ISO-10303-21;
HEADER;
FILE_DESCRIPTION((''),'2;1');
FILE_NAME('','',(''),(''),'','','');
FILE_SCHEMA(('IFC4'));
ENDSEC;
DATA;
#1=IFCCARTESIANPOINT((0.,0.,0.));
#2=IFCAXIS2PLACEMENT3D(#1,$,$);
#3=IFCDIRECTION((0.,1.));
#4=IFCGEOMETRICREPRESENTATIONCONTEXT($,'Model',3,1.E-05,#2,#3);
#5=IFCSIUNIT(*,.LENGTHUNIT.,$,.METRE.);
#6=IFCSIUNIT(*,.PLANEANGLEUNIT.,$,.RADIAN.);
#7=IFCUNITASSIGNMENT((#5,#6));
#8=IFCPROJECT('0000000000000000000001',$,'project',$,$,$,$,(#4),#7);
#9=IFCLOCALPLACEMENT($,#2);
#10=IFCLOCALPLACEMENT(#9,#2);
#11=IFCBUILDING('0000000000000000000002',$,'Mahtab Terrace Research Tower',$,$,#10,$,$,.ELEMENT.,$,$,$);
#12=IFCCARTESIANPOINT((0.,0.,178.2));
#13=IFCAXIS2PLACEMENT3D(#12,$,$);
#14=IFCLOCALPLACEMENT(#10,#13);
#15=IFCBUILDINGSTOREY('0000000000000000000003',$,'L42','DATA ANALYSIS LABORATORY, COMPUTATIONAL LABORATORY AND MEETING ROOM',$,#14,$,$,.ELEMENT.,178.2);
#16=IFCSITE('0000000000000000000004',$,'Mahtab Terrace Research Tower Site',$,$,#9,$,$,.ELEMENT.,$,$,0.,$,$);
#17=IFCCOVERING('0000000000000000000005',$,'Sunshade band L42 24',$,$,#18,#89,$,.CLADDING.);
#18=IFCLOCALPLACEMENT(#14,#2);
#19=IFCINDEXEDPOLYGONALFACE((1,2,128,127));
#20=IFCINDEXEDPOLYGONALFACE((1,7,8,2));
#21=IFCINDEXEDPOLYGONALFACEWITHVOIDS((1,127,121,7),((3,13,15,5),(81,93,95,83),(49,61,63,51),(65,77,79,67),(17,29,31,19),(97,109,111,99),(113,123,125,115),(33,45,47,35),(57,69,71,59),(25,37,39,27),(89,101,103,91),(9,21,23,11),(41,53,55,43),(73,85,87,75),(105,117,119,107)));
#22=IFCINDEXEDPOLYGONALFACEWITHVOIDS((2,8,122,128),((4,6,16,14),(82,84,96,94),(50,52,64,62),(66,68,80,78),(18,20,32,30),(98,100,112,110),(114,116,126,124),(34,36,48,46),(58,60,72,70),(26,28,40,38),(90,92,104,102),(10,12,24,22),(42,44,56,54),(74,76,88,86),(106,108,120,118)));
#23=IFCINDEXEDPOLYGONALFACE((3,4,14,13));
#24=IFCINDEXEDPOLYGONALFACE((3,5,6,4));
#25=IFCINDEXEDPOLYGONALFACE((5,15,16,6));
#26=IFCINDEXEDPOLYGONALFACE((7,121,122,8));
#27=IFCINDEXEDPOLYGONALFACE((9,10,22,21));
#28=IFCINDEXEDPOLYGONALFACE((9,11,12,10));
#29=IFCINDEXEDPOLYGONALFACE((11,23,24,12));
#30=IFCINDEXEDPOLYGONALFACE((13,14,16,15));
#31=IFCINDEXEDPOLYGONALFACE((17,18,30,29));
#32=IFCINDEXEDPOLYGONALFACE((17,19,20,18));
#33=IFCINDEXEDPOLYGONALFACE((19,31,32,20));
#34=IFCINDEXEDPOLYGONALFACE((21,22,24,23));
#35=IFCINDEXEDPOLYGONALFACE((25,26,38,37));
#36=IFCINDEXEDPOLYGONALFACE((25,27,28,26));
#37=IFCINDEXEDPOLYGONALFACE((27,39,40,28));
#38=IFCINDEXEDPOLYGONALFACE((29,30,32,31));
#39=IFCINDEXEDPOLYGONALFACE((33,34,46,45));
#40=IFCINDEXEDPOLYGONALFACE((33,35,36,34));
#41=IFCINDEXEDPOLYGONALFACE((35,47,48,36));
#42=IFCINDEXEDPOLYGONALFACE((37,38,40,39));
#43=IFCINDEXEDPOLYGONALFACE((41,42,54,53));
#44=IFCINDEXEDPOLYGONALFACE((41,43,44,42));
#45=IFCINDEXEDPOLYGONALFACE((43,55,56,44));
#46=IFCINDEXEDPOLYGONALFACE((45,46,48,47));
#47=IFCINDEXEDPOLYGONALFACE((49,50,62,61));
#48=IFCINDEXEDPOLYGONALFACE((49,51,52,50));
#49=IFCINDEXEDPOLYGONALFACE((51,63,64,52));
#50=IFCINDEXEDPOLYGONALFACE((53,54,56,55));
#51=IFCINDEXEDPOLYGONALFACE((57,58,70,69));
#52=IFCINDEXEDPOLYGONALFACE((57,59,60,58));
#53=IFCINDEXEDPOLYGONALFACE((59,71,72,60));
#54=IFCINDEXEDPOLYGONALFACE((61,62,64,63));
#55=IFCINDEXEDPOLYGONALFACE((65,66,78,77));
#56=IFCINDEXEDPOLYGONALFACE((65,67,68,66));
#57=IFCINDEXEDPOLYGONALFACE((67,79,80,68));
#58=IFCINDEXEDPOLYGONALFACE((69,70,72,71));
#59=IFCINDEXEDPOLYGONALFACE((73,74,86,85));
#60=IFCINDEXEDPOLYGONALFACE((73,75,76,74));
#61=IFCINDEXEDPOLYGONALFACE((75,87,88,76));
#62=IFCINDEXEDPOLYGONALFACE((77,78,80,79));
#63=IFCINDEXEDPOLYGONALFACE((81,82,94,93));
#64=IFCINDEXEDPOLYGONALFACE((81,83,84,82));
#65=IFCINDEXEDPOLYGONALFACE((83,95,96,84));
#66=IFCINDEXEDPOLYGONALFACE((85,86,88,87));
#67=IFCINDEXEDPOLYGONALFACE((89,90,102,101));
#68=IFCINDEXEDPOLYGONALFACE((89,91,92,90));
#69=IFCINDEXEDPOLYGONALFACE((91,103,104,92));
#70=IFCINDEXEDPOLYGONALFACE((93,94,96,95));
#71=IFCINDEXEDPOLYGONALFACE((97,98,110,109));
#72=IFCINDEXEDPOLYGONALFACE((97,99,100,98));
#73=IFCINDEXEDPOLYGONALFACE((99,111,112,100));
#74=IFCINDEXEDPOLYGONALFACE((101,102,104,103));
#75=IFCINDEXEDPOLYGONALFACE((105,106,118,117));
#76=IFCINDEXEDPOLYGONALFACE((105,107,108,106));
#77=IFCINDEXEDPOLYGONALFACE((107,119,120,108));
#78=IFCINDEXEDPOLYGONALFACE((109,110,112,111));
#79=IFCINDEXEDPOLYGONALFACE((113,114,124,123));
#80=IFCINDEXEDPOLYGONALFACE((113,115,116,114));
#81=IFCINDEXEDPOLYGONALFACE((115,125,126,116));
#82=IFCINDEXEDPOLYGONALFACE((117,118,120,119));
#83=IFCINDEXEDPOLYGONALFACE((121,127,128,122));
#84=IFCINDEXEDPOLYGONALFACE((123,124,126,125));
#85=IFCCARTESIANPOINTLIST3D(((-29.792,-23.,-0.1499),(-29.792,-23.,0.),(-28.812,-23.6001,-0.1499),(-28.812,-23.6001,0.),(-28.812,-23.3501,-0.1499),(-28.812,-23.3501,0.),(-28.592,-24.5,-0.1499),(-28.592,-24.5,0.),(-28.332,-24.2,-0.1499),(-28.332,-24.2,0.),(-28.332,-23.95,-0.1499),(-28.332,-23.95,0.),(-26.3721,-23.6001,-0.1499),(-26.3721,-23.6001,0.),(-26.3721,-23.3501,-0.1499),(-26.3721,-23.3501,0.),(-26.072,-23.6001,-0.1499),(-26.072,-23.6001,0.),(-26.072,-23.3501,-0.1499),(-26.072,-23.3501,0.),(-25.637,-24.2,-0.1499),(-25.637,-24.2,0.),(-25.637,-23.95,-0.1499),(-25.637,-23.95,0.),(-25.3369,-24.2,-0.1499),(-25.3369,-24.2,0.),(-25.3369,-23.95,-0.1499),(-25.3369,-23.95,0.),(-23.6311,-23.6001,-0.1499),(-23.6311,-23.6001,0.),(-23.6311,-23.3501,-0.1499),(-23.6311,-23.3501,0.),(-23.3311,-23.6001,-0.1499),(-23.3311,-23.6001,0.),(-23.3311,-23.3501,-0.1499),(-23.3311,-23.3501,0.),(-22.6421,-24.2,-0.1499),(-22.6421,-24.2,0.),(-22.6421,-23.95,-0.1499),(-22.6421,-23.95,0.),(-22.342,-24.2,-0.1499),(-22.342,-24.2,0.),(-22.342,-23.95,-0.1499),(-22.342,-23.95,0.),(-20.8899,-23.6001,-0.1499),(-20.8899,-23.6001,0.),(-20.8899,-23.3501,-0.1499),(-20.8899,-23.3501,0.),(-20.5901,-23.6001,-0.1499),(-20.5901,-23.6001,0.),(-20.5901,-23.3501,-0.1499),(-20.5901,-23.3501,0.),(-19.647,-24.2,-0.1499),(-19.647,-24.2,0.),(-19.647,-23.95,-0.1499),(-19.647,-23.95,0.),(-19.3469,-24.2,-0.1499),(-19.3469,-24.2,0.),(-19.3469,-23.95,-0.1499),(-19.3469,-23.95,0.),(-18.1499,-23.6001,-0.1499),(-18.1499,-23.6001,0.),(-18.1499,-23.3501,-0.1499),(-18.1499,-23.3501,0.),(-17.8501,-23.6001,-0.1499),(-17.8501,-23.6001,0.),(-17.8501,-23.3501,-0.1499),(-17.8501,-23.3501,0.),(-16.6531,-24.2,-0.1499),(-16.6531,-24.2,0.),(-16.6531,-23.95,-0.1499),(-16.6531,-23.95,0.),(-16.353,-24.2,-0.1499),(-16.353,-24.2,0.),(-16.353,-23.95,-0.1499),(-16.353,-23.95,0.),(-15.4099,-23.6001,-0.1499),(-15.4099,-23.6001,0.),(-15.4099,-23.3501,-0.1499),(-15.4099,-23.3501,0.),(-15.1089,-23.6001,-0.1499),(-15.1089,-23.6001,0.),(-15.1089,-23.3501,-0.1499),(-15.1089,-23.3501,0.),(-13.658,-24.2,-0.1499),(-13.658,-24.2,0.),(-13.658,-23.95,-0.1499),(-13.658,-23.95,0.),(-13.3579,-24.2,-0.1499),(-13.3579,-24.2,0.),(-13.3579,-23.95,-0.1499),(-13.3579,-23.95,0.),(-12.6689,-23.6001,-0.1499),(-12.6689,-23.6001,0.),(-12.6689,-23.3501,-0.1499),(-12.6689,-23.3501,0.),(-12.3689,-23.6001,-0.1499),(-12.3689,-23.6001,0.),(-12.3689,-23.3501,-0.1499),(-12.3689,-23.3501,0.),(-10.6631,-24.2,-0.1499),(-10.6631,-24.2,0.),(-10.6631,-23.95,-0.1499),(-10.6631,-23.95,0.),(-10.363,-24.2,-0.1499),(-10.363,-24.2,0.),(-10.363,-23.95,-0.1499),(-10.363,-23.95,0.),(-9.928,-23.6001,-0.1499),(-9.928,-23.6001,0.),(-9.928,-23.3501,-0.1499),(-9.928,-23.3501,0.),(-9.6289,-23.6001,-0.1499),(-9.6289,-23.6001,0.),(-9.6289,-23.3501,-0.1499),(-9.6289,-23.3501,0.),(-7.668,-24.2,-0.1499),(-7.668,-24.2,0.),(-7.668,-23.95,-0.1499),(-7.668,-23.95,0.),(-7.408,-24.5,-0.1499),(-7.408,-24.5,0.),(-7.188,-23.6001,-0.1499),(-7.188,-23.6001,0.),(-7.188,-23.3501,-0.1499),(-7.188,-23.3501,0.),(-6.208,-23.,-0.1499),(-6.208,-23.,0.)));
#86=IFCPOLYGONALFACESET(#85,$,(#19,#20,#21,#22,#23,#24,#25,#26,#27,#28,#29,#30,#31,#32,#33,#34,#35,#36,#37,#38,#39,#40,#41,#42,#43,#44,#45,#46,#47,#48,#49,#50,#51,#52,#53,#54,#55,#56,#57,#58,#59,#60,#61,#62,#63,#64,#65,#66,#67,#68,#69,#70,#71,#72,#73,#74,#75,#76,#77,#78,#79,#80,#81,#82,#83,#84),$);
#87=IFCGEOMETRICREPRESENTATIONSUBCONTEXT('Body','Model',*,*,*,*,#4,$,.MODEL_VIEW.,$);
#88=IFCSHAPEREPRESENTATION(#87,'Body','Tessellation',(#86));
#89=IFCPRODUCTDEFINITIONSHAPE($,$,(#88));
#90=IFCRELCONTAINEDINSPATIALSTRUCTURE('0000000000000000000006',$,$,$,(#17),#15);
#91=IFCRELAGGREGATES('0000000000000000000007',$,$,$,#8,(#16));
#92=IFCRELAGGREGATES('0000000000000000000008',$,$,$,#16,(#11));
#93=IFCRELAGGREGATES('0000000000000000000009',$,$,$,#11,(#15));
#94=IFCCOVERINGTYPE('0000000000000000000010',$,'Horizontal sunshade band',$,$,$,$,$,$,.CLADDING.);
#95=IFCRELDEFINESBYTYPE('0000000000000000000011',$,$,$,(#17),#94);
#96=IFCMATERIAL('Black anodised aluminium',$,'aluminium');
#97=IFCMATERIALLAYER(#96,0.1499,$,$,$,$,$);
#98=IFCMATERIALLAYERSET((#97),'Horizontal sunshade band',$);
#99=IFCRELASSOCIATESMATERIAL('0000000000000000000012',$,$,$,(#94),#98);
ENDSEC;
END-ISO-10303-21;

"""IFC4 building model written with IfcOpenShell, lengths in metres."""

from ifc_helpers import new_model, si_unit, direction, frame, origin, place, context, subcontext, project, spatial, polyline, outline, extrude, material, layer, layer_set, type_object, element, save


model = new_model("IFC4")

# Units and contexts
model_context = context("Model", 3, precision=1e-05, world=origin(), true_north=direction((0.0, 1.0)))
body_context = subcontext(model_context, "Body", "Model", "MODEL_VIEW")
ifc_project = project(units=[si_unit("LENGTHUNIT", "METRE"), si_unit("PLANEANGLEUNIT", "RADIAN")], contexts=[model_context])

# Site, building, storey
site_placement = place(None, origin())
site = spatial("IfcSite", under=ifc_project, at=site_placement, Name="Mahtab Terrace Research Tower Site", CompositionType="ELEMENT", RefElevation=0.0)
building_placement = place(site_placement, origin())
building = spatial("IfcBuilding", under=site, at=building_placement, Name="Mahtab Terrace Research Tower", CompositionType="ELEMENT")
storey_placement = place(building_placement, frame((0.0, 0.0, 178.2)))
storey = spatial("IfcBuildingStorey", under=building, at=storey_placement, Name="L42", Description="DATA ANALYSIS LABORATORY, COMPUTATIONAL LABORATORY AND MEETING ROOM", CompositionType="ELEMENT", Elevation=178.2)

# Covering
ifc_material_1 = material(Name="Black anodised aluminium", Category="aluminium")
ifc_layer_1 = layer(ifc_material_1, 0.1499)
ifc_layer_set_1 = layer_set([ifc_layer_1], Name="Horizontal sunshade band")
covering_type = type_object("IfcCoveringType", Name="Horizontal sunshade band", PredefinedType="CLADDING", material=ifc_layer_set_1)
covering_1_placement = place(storey_placement, frame((0.0, 0.0, -0.1499)))
element("IfcCovering", 1, at=covering_1_placement, inside=storey, type_object=covering_type, Name="Sunshade band L42 24", PredefinedType="CLADDING", context=body_context, shape_type="SweptSolid", body=[
    extrude(outline(polyline([(-29.792, -23.0), (-6.208, -23.0), (-7.408, -24.5), (-28.592, -24.5), (-29.792, -23.0)]), holes=[polyline([(-28.812, -23.3501), (-26.3721, -23.3501), (-26.3721, -23.6001), (-28.812, -23.6001), (-28.812, -23.3501)]), polyline([(-26.072, -23.3501), (-23.6311, -23.3501), (-23.6311, -23.6001), (-26.072, -23.6001), (-26.072, -23.3501)]), polyline([(-23.3311, -23.3501), (-20.8899, -23.3501), (-20.8899, -23.6001), (-23.3311, -23.6001), (-23.3311, -23.3501)]), polyline([(-20.5901, -23.3501), (-18.1499, -23.3501), (-18.1499, -23.6001), (-20.5901, -23.6001), (-20.5901, -23.3501)]), polyline([(-17.8501, -23.3501), (-15.4099, -23.3501), (-15.4099, -23.6001), (-17.8501, -23.6001), (-17.8501, -23.3501)]), polyline([(-15.1089, -23.3501), (-12.6689, -23.3501), (-12.6689, -23.6001), (-15.1089, -23.6001), (-15.1089, -23.3501)]), polyline([(-12.3689, -23.3501), (-9.928, -23.3501), (-9.928, -23.6001), (-12.3689, -23.6001), (-12.3689, -23.3501)]), polyline([(-9.6289, -23.3501), (-7.188, -23.3501), (-7.188, -23.6001), (-9.6289, -23.6001), (-9.6289, -23.3501)]), polyline([(-28.332, -23.95), (-25.637, -23.95), (-25.637, -24.2), (-28.332, -24.2), (-28.332, -23.95)]), polyline([(-25.3369, -23.95), (-22.6421, -23.95), (-22.6421, -24.2), (-25.3369, -24.2), (-25.3369, -23.95)]), polyline([(-22.342, -23.95), (-19.647, -23.95), (-19.647, -24.2), (-22.342, -24.2), (-22.342, -23.95)]), polyline([(-19.3469, -23.95), (-16.6531, -23.95), (-16.6531, -24.2), (-19.3469, -24.2), (-19.3469, -23.95)]), polyline([(-16.353, -23.95), (-13.658, -23.95), (-13.658, -24.2), (-16.353, -24.2), (-16.353, -23.95)]), polyline([(-13.3579, -23.95), (-10.6631, -23.95), (-10.6631, -24.2), (-13.3579, -24.2), (-13.3579, -23.95)]), polyline([(-10.363, -23.95), (-7.668, -23.95), (-7.668, -24.2), (-10.363, -24.2), (-10.363, -23.95)])]), origin(), (0.0, 0.0, 1.0), 0.1499),
])

save(model, "model.ifc")
